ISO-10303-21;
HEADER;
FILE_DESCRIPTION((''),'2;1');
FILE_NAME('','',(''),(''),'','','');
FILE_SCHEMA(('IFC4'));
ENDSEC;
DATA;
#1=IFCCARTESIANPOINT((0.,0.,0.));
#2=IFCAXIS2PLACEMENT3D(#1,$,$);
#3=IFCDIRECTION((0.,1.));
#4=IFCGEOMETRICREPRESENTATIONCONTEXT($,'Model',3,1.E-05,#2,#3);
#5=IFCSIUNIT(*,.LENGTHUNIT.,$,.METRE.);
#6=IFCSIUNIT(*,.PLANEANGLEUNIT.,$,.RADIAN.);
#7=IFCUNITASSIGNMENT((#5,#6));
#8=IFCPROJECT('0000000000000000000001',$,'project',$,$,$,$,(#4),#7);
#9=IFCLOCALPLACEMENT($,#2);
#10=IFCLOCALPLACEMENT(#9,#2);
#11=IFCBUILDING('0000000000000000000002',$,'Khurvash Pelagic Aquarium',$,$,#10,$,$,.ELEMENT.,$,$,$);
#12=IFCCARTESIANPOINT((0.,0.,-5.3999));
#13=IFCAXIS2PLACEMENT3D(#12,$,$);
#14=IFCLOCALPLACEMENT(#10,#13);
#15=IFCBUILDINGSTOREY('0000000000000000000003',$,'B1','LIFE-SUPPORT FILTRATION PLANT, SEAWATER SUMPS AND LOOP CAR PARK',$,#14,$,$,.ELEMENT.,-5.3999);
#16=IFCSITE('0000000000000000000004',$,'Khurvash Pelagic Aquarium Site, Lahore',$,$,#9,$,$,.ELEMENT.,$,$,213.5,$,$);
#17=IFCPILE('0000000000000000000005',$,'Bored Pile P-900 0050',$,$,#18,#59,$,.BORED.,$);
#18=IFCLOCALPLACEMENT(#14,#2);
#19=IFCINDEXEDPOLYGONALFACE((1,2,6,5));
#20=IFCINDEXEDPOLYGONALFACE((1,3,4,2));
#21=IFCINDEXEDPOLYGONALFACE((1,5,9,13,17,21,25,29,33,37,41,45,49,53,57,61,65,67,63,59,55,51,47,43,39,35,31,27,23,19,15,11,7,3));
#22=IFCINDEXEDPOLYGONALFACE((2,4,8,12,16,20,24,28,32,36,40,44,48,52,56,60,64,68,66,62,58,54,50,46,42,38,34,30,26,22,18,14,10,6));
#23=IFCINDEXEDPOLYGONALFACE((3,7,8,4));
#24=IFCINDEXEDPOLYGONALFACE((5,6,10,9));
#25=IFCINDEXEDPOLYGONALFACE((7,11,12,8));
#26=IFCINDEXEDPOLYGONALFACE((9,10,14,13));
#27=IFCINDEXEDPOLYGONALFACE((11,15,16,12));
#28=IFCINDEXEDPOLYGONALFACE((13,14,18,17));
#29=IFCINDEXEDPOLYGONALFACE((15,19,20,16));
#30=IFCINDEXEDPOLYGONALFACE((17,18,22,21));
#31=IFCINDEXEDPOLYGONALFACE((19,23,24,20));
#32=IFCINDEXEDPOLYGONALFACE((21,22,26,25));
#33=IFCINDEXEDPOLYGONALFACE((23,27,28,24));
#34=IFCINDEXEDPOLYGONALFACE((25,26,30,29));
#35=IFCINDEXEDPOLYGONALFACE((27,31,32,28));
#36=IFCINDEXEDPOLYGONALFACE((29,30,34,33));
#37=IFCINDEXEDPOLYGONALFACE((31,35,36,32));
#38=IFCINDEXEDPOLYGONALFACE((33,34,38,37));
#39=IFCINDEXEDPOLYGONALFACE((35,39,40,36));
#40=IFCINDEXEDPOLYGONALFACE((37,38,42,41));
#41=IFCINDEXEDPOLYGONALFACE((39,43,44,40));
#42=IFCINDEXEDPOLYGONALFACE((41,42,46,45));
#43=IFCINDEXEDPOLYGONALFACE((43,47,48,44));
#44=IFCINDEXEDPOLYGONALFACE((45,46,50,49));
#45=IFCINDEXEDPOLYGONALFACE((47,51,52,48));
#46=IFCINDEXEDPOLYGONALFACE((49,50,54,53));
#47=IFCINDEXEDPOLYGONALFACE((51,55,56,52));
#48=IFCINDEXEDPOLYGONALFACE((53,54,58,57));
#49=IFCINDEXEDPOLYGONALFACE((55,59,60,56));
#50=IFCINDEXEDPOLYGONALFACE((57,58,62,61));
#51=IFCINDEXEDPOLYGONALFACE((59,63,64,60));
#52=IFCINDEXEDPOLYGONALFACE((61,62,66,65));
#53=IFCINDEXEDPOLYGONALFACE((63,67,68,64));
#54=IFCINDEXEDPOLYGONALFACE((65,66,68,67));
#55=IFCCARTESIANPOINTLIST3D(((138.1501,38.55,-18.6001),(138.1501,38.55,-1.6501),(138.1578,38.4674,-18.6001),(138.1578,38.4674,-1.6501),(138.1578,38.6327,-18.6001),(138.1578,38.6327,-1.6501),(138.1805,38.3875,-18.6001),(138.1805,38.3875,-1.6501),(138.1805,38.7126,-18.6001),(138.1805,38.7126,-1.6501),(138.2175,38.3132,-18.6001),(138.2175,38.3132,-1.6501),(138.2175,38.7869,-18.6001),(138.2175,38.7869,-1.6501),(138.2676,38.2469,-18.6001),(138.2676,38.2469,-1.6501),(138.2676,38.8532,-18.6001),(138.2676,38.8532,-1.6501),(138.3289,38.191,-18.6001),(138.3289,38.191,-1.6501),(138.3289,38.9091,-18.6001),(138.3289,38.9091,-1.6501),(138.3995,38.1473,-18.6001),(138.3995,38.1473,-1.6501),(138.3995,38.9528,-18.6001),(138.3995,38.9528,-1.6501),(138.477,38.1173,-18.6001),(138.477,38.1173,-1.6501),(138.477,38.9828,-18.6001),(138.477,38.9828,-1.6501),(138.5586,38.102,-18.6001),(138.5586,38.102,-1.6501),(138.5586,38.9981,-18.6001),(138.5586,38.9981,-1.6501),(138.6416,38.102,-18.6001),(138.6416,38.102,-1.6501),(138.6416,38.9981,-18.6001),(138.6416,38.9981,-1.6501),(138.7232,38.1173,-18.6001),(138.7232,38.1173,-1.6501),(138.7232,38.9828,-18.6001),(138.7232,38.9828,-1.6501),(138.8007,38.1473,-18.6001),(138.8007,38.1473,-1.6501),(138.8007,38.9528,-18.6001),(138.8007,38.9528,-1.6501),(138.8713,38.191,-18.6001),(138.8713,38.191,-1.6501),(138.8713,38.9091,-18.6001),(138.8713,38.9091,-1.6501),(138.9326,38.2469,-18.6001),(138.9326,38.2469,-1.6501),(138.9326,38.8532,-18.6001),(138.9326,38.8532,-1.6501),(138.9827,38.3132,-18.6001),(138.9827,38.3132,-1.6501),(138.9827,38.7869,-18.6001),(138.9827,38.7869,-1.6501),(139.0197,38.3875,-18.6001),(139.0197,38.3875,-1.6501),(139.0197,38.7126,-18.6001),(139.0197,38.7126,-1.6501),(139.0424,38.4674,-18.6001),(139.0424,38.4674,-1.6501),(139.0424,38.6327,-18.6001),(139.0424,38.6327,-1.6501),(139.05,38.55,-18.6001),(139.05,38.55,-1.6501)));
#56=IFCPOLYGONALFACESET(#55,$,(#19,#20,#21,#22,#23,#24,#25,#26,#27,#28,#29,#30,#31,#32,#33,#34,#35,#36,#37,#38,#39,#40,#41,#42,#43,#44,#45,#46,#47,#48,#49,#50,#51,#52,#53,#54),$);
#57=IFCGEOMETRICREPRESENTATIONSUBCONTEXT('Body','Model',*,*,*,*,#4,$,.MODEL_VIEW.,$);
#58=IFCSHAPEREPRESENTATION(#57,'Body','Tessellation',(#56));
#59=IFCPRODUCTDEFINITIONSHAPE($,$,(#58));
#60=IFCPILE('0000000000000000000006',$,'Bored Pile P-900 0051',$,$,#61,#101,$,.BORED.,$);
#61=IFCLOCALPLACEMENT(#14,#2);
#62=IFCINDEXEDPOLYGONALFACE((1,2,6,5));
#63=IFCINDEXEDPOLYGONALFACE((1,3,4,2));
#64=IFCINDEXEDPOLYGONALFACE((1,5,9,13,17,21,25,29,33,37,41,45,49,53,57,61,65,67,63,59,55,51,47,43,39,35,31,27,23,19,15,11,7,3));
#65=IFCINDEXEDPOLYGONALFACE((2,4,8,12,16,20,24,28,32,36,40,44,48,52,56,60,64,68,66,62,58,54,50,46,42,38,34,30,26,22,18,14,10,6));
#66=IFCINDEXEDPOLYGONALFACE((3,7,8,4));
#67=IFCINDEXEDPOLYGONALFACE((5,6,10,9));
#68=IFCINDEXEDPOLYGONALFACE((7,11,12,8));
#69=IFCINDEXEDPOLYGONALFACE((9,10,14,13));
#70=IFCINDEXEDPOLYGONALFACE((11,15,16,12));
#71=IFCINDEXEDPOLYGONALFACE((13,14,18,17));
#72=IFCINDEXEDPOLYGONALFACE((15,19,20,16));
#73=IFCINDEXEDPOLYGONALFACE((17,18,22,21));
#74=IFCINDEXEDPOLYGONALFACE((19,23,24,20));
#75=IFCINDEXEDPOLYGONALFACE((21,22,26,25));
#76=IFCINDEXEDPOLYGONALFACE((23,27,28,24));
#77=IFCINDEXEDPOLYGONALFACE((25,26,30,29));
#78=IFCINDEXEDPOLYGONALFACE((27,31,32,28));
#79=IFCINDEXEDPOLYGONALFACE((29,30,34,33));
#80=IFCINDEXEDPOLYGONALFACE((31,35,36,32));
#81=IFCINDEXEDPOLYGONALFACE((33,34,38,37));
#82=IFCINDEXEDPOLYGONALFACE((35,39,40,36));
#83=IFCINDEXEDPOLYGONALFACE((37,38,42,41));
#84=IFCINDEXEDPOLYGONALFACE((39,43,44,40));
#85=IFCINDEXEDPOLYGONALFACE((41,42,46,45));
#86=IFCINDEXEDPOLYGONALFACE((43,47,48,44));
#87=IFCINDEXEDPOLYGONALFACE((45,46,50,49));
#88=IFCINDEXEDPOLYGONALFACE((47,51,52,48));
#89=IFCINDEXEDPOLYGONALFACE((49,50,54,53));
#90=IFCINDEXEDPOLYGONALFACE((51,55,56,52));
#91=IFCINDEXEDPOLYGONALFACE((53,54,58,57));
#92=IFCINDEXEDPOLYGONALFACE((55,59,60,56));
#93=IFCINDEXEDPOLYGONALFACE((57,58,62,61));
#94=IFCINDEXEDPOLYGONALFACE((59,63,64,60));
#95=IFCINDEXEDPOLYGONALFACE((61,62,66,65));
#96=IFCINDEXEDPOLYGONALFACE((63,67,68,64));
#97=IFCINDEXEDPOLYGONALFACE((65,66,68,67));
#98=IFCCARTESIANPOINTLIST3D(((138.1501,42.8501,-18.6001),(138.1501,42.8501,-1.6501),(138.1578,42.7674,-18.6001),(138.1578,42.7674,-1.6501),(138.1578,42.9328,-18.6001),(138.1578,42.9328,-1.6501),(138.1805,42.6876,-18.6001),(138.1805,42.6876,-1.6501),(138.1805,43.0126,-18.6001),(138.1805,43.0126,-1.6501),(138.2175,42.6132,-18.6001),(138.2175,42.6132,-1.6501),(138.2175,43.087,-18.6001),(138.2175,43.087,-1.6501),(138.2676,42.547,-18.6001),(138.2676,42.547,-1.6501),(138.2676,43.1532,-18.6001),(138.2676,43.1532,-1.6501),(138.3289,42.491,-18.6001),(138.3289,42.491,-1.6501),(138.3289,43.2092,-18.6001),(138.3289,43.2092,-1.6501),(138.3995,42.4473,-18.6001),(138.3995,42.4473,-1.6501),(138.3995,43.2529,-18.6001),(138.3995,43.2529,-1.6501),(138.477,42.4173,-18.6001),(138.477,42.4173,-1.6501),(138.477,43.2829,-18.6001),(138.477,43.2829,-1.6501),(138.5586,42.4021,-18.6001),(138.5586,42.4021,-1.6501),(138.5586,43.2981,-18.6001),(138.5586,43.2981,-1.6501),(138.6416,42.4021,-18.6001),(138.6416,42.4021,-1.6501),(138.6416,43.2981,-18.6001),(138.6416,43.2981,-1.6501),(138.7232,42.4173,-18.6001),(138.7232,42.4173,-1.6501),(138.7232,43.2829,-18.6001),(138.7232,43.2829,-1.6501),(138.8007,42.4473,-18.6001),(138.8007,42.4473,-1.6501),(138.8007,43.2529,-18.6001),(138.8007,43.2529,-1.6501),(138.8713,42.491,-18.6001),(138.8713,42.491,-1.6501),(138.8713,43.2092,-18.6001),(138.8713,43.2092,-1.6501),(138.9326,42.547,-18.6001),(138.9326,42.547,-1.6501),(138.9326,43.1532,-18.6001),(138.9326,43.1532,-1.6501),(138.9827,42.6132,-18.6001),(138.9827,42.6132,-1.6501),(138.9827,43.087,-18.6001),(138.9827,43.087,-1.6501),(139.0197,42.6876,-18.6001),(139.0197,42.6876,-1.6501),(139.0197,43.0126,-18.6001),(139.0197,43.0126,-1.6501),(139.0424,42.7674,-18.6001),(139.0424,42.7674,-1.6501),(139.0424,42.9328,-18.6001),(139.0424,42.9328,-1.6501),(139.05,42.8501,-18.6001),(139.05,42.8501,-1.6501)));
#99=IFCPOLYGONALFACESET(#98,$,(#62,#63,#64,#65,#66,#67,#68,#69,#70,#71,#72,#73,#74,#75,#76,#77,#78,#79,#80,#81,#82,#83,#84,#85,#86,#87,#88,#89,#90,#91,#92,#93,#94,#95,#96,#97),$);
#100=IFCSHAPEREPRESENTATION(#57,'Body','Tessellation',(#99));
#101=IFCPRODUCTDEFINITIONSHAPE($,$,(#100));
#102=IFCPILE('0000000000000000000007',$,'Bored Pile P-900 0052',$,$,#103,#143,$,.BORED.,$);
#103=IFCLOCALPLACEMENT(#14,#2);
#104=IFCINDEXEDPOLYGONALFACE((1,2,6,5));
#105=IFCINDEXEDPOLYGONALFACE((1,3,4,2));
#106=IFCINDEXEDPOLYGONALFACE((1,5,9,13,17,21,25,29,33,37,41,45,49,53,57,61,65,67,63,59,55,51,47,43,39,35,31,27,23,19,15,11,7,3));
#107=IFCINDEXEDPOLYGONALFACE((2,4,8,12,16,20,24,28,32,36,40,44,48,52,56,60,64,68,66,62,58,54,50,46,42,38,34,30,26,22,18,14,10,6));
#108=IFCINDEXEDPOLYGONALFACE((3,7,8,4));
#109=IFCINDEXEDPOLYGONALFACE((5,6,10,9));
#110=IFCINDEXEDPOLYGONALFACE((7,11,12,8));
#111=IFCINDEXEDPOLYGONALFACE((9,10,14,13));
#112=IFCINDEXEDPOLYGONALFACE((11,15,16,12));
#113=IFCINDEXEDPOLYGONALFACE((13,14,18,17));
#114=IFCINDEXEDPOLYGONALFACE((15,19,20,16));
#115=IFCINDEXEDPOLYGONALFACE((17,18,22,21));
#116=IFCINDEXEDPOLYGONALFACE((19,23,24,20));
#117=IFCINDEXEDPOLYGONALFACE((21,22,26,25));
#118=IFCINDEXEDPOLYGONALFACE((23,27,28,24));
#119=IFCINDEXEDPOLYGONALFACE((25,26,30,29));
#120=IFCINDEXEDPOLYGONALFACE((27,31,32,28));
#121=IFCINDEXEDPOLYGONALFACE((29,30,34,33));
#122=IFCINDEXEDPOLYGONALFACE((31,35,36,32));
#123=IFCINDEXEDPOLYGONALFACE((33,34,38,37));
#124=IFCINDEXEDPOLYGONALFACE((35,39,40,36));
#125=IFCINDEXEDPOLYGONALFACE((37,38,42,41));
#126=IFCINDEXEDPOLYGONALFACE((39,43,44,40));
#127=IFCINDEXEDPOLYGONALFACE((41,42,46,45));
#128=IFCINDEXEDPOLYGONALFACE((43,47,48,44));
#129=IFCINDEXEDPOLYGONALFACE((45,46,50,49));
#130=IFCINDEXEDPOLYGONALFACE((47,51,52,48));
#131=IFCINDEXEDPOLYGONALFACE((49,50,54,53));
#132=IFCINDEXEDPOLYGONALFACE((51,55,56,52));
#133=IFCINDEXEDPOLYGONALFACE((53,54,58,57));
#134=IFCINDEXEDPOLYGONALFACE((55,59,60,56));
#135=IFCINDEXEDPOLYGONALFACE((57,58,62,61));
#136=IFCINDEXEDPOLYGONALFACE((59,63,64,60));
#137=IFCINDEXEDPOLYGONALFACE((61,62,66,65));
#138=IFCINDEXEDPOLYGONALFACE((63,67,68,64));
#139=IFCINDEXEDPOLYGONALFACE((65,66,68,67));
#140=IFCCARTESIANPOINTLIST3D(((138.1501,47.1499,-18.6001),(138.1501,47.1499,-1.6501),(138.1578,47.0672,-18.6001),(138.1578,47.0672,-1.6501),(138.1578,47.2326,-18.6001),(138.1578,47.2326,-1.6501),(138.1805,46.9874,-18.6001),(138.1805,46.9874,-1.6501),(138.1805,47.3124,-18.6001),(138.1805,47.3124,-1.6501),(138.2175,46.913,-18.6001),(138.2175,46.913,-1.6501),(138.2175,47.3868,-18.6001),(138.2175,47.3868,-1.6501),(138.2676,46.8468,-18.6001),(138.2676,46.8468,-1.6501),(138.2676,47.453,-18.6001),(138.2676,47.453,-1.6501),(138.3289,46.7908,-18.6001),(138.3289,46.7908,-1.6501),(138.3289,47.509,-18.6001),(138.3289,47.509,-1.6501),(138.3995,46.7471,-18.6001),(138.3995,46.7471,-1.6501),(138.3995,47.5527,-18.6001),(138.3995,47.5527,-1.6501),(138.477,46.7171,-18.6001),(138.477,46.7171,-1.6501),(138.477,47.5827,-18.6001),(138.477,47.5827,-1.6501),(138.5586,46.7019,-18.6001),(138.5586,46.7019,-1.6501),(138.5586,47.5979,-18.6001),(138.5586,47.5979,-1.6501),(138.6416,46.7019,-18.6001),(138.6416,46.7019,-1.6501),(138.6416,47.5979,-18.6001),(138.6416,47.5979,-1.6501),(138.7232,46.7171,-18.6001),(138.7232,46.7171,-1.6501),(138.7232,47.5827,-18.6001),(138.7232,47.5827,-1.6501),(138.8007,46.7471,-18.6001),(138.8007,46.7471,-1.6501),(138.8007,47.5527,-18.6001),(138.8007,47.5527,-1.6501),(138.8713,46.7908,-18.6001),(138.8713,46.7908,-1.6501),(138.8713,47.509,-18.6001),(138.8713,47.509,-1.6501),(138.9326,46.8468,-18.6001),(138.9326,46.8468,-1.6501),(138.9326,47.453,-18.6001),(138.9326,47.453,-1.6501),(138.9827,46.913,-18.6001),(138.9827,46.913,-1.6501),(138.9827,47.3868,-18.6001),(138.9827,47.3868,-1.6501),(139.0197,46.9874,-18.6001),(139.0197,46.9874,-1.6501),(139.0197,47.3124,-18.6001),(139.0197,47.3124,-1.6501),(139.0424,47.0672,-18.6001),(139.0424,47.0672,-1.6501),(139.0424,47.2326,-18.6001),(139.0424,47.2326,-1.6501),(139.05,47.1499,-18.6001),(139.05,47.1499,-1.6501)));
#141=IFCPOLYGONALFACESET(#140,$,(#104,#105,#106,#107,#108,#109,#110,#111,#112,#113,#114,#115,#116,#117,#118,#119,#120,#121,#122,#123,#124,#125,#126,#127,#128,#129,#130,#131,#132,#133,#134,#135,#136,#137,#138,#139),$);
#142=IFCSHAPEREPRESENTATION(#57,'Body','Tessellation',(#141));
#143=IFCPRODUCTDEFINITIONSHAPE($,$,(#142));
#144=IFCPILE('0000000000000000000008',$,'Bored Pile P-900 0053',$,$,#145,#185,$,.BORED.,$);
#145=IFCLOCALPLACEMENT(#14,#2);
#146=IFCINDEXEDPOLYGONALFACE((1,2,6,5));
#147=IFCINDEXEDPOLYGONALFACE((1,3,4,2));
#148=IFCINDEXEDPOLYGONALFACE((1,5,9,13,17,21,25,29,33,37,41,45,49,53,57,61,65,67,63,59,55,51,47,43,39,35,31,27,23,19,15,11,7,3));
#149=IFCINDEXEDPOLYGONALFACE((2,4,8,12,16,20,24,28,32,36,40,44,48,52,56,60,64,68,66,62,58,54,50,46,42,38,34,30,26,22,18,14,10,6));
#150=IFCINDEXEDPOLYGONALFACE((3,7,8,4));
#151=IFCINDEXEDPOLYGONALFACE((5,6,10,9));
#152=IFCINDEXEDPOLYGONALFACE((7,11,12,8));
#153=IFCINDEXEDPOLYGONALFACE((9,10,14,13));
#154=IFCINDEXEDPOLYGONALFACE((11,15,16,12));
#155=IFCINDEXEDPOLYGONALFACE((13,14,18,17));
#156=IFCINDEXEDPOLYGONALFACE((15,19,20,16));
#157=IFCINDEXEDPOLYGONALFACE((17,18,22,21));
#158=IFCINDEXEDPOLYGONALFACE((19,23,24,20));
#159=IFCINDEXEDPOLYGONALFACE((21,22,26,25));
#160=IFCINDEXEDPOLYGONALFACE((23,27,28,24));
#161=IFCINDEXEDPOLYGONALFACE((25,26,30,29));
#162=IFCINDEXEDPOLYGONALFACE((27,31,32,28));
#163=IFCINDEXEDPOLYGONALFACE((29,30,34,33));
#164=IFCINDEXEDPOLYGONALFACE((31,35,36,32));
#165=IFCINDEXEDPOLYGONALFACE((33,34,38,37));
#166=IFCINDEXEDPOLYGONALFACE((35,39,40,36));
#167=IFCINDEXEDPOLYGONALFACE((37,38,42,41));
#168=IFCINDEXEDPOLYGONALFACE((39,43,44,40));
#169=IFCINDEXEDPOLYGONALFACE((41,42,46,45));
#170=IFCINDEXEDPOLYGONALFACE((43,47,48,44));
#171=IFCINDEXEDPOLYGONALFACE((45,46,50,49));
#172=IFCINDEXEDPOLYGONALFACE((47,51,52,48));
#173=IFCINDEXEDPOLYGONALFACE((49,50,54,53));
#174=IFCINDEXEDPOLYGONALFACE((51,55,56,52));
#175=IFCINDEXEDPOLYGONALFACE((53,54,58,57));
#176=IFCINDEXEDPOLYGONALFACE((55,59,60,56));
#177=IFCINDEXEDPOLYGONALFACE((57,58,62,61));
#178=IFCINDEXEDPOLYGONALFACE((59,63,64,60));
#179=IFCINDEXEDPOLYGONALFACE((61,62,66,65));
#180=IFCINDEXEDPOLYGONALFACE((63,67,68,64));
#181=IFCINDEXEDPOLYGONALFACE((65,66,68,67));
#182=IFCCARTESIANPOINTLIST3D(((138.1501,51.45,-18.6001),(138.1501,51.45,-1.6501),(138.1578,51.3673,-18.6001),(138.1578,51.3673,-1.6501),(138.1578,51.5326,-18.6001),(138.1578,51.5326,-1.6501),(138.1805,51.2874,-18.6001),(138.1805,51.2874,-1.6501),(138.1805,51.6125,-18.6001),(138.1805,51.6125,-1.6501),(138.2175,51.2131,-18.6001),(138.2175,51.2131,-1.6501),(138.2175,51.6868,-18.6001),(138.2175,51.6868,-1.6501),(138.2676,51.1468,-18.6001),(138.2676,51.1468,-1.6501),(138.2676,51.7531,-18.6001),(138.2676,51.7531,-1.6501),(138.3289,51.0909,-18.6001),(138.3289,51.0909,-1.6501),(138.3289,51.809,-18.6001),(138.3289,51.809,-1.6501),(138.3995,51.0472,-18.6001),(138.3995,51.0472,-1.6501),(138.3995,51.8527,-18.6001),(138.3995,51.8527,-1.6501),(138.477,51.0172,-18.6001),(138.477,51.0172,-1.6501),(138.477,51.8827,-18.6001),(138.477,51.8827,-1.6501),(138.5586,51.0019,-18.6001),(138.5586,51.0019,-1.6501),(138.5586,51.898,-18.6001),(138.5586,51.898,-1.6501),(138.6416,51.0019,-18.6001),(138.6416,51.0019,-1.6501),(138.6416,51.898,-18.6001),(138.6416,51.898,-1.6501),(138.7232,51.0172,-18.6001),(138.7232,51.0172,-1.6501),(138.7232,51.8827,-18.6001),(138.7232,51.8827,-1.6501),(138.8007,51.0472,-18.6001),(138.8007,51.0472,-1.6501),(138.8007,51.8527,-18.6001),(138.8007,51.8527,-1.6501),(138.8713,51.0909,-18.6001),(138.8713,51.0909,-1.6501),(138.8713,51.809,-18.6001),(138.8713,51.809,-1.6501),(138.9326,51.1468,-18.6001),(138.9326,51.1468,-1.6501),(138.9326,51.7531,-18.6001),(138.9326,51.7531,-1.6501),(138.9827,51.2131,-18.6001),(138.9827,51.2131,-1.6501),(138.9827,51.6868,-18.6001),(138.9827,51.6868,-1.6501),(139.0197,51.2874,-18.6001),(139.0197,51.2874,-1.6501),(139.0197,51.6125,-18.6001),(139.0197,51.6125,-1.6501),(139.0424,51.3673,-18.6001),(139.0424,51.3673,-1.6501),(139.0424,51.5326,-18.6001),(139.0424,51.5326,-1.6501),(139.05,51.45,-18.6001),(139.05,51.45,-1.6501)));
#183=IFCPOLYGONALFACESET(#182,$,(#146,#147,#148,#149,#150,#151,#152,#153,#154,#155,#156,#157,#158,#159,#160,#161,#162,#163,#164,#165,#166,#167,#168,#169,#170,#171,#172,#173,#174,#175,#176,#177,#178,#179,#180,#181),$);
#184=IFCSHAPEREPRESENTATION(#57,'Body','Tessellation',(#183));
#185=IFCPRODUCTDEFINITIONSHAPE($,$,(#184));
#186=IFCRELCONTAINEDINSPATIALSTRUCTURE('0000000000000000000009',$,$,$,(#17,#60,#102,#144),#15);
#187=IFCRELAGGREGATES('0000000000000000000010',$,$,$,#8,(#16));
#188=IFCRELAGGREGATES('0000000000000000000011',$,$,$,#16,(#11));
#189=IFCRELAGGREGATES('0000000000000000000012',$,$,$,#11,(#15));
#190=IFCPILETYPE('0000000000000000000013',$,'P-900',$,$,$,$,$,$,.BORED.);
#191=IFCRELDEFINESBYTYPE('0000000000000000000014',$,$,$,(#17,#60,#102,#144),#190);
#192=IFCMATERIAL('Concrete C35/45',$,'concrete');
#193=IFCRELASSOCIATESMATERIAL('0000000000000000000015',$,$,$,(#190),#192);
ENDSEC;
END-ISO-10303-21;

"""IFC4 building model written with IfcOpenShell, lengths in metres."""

from ifc_helpers import new_model, si_unit, direction, frame, origin, origin_2d, place, context, subcontext, project, spatial, circle, extrude, material, material_profile, profile_set, type_object, element, save


model = new_model("IFC4")

# Units and contexts
model_context = context("Model", 3, precision=1e-05, world=origin(), true_north=direction((0.0, 1.0)))
body_context = subcontext(model_context, "Body", "Model", "MODEL_VIEW")
ifc_project = project(units=[si_unit("LENGTHUNIT", "METRE"), si_unit("PLANEANGLEUNIT", "RADIAN")], contexts=[model_context])

# Site, building, storey
site_placement = place(None, origin())
site = spatial("IfcSite", under=ifc_project, at=site_placement, Name="Khurvash Pelagic Aquarium Site, Lahore", CompositionType="ELEMENT", RefElevation=213.5)
building_placement = place(site_placement, origin())
building = spatial("IfcBuilding", under=site, at=building_placement, Name="Khurvash Pelagic Aquarium", CompositionType="ELEMENT")
storey_placement = place(building_placement, frame((0.0, 0.0, -5.3999)))
storey = spatial("IfcBuildingStorey", under=building, at=storey_placement, Name="B1", Description="LIFE-SUPPORT FILTRATION PLANT, SEAWATER SUMPS AND LOOP CAR PARK", CompositionType="ELEMENT", Elevation=-5.3999)

# Piles
ifc_material_1 = material(Name="Concrete C35/45", Category="concrete")
ifc_material_profile_1 = material_profile(ifc_material_1, circle(Radius=0.45, at=origin_2d()), Name="PILE900")
ifc_profile_set_1 = profile_set([ifc_material_profile_1], Name="Concrete C35/45")
pile_type = type_object("IfcPileType", Name="P-900", PredefinedType="BORED", material=ifc_profile_set_1)
for number, where, z_axis, x_axis, name in (
    (1, (138.6001, 38.55, -1.6501), (0.0, 0.0, -1.0), (1.0, 0.0, 0.0), "Bored Pile P-900 0050"),
    (2, (138.6001, 42.8501, -1.6501), (0.0, 0.0, -1.0), (1.0, 0.0, 0.0), "Bored Pile P-900 0051"),
    (3, (138.6001, 47.1499, -1.6501), (0.0, 0.0, -1.0), (1.0, 0.0, 0.0), "Bored Pile P-900 0052"),
    (4, (138.6001, 51.45, -1.6501), (0.0, 0.0, -1.0), (1.0, 0.0, 0.0), "Bored Pile P-900 0053"),
):
    element("IfcPile", number, at=place(storey_placement, frame(where, z_axis=z_axis, x_axis=x_axis)), inside=storey, type_object=pile_type, Name=name, PredefinedType="BORED", context=body_context, shape_type="SweptSolid", body=[
        extrude(circle(Radius=0.45, at=origin_2d()), origin(), (0.0, 0.0, 1.0), 16.95),
    ])

save(model, "model.ifc")
